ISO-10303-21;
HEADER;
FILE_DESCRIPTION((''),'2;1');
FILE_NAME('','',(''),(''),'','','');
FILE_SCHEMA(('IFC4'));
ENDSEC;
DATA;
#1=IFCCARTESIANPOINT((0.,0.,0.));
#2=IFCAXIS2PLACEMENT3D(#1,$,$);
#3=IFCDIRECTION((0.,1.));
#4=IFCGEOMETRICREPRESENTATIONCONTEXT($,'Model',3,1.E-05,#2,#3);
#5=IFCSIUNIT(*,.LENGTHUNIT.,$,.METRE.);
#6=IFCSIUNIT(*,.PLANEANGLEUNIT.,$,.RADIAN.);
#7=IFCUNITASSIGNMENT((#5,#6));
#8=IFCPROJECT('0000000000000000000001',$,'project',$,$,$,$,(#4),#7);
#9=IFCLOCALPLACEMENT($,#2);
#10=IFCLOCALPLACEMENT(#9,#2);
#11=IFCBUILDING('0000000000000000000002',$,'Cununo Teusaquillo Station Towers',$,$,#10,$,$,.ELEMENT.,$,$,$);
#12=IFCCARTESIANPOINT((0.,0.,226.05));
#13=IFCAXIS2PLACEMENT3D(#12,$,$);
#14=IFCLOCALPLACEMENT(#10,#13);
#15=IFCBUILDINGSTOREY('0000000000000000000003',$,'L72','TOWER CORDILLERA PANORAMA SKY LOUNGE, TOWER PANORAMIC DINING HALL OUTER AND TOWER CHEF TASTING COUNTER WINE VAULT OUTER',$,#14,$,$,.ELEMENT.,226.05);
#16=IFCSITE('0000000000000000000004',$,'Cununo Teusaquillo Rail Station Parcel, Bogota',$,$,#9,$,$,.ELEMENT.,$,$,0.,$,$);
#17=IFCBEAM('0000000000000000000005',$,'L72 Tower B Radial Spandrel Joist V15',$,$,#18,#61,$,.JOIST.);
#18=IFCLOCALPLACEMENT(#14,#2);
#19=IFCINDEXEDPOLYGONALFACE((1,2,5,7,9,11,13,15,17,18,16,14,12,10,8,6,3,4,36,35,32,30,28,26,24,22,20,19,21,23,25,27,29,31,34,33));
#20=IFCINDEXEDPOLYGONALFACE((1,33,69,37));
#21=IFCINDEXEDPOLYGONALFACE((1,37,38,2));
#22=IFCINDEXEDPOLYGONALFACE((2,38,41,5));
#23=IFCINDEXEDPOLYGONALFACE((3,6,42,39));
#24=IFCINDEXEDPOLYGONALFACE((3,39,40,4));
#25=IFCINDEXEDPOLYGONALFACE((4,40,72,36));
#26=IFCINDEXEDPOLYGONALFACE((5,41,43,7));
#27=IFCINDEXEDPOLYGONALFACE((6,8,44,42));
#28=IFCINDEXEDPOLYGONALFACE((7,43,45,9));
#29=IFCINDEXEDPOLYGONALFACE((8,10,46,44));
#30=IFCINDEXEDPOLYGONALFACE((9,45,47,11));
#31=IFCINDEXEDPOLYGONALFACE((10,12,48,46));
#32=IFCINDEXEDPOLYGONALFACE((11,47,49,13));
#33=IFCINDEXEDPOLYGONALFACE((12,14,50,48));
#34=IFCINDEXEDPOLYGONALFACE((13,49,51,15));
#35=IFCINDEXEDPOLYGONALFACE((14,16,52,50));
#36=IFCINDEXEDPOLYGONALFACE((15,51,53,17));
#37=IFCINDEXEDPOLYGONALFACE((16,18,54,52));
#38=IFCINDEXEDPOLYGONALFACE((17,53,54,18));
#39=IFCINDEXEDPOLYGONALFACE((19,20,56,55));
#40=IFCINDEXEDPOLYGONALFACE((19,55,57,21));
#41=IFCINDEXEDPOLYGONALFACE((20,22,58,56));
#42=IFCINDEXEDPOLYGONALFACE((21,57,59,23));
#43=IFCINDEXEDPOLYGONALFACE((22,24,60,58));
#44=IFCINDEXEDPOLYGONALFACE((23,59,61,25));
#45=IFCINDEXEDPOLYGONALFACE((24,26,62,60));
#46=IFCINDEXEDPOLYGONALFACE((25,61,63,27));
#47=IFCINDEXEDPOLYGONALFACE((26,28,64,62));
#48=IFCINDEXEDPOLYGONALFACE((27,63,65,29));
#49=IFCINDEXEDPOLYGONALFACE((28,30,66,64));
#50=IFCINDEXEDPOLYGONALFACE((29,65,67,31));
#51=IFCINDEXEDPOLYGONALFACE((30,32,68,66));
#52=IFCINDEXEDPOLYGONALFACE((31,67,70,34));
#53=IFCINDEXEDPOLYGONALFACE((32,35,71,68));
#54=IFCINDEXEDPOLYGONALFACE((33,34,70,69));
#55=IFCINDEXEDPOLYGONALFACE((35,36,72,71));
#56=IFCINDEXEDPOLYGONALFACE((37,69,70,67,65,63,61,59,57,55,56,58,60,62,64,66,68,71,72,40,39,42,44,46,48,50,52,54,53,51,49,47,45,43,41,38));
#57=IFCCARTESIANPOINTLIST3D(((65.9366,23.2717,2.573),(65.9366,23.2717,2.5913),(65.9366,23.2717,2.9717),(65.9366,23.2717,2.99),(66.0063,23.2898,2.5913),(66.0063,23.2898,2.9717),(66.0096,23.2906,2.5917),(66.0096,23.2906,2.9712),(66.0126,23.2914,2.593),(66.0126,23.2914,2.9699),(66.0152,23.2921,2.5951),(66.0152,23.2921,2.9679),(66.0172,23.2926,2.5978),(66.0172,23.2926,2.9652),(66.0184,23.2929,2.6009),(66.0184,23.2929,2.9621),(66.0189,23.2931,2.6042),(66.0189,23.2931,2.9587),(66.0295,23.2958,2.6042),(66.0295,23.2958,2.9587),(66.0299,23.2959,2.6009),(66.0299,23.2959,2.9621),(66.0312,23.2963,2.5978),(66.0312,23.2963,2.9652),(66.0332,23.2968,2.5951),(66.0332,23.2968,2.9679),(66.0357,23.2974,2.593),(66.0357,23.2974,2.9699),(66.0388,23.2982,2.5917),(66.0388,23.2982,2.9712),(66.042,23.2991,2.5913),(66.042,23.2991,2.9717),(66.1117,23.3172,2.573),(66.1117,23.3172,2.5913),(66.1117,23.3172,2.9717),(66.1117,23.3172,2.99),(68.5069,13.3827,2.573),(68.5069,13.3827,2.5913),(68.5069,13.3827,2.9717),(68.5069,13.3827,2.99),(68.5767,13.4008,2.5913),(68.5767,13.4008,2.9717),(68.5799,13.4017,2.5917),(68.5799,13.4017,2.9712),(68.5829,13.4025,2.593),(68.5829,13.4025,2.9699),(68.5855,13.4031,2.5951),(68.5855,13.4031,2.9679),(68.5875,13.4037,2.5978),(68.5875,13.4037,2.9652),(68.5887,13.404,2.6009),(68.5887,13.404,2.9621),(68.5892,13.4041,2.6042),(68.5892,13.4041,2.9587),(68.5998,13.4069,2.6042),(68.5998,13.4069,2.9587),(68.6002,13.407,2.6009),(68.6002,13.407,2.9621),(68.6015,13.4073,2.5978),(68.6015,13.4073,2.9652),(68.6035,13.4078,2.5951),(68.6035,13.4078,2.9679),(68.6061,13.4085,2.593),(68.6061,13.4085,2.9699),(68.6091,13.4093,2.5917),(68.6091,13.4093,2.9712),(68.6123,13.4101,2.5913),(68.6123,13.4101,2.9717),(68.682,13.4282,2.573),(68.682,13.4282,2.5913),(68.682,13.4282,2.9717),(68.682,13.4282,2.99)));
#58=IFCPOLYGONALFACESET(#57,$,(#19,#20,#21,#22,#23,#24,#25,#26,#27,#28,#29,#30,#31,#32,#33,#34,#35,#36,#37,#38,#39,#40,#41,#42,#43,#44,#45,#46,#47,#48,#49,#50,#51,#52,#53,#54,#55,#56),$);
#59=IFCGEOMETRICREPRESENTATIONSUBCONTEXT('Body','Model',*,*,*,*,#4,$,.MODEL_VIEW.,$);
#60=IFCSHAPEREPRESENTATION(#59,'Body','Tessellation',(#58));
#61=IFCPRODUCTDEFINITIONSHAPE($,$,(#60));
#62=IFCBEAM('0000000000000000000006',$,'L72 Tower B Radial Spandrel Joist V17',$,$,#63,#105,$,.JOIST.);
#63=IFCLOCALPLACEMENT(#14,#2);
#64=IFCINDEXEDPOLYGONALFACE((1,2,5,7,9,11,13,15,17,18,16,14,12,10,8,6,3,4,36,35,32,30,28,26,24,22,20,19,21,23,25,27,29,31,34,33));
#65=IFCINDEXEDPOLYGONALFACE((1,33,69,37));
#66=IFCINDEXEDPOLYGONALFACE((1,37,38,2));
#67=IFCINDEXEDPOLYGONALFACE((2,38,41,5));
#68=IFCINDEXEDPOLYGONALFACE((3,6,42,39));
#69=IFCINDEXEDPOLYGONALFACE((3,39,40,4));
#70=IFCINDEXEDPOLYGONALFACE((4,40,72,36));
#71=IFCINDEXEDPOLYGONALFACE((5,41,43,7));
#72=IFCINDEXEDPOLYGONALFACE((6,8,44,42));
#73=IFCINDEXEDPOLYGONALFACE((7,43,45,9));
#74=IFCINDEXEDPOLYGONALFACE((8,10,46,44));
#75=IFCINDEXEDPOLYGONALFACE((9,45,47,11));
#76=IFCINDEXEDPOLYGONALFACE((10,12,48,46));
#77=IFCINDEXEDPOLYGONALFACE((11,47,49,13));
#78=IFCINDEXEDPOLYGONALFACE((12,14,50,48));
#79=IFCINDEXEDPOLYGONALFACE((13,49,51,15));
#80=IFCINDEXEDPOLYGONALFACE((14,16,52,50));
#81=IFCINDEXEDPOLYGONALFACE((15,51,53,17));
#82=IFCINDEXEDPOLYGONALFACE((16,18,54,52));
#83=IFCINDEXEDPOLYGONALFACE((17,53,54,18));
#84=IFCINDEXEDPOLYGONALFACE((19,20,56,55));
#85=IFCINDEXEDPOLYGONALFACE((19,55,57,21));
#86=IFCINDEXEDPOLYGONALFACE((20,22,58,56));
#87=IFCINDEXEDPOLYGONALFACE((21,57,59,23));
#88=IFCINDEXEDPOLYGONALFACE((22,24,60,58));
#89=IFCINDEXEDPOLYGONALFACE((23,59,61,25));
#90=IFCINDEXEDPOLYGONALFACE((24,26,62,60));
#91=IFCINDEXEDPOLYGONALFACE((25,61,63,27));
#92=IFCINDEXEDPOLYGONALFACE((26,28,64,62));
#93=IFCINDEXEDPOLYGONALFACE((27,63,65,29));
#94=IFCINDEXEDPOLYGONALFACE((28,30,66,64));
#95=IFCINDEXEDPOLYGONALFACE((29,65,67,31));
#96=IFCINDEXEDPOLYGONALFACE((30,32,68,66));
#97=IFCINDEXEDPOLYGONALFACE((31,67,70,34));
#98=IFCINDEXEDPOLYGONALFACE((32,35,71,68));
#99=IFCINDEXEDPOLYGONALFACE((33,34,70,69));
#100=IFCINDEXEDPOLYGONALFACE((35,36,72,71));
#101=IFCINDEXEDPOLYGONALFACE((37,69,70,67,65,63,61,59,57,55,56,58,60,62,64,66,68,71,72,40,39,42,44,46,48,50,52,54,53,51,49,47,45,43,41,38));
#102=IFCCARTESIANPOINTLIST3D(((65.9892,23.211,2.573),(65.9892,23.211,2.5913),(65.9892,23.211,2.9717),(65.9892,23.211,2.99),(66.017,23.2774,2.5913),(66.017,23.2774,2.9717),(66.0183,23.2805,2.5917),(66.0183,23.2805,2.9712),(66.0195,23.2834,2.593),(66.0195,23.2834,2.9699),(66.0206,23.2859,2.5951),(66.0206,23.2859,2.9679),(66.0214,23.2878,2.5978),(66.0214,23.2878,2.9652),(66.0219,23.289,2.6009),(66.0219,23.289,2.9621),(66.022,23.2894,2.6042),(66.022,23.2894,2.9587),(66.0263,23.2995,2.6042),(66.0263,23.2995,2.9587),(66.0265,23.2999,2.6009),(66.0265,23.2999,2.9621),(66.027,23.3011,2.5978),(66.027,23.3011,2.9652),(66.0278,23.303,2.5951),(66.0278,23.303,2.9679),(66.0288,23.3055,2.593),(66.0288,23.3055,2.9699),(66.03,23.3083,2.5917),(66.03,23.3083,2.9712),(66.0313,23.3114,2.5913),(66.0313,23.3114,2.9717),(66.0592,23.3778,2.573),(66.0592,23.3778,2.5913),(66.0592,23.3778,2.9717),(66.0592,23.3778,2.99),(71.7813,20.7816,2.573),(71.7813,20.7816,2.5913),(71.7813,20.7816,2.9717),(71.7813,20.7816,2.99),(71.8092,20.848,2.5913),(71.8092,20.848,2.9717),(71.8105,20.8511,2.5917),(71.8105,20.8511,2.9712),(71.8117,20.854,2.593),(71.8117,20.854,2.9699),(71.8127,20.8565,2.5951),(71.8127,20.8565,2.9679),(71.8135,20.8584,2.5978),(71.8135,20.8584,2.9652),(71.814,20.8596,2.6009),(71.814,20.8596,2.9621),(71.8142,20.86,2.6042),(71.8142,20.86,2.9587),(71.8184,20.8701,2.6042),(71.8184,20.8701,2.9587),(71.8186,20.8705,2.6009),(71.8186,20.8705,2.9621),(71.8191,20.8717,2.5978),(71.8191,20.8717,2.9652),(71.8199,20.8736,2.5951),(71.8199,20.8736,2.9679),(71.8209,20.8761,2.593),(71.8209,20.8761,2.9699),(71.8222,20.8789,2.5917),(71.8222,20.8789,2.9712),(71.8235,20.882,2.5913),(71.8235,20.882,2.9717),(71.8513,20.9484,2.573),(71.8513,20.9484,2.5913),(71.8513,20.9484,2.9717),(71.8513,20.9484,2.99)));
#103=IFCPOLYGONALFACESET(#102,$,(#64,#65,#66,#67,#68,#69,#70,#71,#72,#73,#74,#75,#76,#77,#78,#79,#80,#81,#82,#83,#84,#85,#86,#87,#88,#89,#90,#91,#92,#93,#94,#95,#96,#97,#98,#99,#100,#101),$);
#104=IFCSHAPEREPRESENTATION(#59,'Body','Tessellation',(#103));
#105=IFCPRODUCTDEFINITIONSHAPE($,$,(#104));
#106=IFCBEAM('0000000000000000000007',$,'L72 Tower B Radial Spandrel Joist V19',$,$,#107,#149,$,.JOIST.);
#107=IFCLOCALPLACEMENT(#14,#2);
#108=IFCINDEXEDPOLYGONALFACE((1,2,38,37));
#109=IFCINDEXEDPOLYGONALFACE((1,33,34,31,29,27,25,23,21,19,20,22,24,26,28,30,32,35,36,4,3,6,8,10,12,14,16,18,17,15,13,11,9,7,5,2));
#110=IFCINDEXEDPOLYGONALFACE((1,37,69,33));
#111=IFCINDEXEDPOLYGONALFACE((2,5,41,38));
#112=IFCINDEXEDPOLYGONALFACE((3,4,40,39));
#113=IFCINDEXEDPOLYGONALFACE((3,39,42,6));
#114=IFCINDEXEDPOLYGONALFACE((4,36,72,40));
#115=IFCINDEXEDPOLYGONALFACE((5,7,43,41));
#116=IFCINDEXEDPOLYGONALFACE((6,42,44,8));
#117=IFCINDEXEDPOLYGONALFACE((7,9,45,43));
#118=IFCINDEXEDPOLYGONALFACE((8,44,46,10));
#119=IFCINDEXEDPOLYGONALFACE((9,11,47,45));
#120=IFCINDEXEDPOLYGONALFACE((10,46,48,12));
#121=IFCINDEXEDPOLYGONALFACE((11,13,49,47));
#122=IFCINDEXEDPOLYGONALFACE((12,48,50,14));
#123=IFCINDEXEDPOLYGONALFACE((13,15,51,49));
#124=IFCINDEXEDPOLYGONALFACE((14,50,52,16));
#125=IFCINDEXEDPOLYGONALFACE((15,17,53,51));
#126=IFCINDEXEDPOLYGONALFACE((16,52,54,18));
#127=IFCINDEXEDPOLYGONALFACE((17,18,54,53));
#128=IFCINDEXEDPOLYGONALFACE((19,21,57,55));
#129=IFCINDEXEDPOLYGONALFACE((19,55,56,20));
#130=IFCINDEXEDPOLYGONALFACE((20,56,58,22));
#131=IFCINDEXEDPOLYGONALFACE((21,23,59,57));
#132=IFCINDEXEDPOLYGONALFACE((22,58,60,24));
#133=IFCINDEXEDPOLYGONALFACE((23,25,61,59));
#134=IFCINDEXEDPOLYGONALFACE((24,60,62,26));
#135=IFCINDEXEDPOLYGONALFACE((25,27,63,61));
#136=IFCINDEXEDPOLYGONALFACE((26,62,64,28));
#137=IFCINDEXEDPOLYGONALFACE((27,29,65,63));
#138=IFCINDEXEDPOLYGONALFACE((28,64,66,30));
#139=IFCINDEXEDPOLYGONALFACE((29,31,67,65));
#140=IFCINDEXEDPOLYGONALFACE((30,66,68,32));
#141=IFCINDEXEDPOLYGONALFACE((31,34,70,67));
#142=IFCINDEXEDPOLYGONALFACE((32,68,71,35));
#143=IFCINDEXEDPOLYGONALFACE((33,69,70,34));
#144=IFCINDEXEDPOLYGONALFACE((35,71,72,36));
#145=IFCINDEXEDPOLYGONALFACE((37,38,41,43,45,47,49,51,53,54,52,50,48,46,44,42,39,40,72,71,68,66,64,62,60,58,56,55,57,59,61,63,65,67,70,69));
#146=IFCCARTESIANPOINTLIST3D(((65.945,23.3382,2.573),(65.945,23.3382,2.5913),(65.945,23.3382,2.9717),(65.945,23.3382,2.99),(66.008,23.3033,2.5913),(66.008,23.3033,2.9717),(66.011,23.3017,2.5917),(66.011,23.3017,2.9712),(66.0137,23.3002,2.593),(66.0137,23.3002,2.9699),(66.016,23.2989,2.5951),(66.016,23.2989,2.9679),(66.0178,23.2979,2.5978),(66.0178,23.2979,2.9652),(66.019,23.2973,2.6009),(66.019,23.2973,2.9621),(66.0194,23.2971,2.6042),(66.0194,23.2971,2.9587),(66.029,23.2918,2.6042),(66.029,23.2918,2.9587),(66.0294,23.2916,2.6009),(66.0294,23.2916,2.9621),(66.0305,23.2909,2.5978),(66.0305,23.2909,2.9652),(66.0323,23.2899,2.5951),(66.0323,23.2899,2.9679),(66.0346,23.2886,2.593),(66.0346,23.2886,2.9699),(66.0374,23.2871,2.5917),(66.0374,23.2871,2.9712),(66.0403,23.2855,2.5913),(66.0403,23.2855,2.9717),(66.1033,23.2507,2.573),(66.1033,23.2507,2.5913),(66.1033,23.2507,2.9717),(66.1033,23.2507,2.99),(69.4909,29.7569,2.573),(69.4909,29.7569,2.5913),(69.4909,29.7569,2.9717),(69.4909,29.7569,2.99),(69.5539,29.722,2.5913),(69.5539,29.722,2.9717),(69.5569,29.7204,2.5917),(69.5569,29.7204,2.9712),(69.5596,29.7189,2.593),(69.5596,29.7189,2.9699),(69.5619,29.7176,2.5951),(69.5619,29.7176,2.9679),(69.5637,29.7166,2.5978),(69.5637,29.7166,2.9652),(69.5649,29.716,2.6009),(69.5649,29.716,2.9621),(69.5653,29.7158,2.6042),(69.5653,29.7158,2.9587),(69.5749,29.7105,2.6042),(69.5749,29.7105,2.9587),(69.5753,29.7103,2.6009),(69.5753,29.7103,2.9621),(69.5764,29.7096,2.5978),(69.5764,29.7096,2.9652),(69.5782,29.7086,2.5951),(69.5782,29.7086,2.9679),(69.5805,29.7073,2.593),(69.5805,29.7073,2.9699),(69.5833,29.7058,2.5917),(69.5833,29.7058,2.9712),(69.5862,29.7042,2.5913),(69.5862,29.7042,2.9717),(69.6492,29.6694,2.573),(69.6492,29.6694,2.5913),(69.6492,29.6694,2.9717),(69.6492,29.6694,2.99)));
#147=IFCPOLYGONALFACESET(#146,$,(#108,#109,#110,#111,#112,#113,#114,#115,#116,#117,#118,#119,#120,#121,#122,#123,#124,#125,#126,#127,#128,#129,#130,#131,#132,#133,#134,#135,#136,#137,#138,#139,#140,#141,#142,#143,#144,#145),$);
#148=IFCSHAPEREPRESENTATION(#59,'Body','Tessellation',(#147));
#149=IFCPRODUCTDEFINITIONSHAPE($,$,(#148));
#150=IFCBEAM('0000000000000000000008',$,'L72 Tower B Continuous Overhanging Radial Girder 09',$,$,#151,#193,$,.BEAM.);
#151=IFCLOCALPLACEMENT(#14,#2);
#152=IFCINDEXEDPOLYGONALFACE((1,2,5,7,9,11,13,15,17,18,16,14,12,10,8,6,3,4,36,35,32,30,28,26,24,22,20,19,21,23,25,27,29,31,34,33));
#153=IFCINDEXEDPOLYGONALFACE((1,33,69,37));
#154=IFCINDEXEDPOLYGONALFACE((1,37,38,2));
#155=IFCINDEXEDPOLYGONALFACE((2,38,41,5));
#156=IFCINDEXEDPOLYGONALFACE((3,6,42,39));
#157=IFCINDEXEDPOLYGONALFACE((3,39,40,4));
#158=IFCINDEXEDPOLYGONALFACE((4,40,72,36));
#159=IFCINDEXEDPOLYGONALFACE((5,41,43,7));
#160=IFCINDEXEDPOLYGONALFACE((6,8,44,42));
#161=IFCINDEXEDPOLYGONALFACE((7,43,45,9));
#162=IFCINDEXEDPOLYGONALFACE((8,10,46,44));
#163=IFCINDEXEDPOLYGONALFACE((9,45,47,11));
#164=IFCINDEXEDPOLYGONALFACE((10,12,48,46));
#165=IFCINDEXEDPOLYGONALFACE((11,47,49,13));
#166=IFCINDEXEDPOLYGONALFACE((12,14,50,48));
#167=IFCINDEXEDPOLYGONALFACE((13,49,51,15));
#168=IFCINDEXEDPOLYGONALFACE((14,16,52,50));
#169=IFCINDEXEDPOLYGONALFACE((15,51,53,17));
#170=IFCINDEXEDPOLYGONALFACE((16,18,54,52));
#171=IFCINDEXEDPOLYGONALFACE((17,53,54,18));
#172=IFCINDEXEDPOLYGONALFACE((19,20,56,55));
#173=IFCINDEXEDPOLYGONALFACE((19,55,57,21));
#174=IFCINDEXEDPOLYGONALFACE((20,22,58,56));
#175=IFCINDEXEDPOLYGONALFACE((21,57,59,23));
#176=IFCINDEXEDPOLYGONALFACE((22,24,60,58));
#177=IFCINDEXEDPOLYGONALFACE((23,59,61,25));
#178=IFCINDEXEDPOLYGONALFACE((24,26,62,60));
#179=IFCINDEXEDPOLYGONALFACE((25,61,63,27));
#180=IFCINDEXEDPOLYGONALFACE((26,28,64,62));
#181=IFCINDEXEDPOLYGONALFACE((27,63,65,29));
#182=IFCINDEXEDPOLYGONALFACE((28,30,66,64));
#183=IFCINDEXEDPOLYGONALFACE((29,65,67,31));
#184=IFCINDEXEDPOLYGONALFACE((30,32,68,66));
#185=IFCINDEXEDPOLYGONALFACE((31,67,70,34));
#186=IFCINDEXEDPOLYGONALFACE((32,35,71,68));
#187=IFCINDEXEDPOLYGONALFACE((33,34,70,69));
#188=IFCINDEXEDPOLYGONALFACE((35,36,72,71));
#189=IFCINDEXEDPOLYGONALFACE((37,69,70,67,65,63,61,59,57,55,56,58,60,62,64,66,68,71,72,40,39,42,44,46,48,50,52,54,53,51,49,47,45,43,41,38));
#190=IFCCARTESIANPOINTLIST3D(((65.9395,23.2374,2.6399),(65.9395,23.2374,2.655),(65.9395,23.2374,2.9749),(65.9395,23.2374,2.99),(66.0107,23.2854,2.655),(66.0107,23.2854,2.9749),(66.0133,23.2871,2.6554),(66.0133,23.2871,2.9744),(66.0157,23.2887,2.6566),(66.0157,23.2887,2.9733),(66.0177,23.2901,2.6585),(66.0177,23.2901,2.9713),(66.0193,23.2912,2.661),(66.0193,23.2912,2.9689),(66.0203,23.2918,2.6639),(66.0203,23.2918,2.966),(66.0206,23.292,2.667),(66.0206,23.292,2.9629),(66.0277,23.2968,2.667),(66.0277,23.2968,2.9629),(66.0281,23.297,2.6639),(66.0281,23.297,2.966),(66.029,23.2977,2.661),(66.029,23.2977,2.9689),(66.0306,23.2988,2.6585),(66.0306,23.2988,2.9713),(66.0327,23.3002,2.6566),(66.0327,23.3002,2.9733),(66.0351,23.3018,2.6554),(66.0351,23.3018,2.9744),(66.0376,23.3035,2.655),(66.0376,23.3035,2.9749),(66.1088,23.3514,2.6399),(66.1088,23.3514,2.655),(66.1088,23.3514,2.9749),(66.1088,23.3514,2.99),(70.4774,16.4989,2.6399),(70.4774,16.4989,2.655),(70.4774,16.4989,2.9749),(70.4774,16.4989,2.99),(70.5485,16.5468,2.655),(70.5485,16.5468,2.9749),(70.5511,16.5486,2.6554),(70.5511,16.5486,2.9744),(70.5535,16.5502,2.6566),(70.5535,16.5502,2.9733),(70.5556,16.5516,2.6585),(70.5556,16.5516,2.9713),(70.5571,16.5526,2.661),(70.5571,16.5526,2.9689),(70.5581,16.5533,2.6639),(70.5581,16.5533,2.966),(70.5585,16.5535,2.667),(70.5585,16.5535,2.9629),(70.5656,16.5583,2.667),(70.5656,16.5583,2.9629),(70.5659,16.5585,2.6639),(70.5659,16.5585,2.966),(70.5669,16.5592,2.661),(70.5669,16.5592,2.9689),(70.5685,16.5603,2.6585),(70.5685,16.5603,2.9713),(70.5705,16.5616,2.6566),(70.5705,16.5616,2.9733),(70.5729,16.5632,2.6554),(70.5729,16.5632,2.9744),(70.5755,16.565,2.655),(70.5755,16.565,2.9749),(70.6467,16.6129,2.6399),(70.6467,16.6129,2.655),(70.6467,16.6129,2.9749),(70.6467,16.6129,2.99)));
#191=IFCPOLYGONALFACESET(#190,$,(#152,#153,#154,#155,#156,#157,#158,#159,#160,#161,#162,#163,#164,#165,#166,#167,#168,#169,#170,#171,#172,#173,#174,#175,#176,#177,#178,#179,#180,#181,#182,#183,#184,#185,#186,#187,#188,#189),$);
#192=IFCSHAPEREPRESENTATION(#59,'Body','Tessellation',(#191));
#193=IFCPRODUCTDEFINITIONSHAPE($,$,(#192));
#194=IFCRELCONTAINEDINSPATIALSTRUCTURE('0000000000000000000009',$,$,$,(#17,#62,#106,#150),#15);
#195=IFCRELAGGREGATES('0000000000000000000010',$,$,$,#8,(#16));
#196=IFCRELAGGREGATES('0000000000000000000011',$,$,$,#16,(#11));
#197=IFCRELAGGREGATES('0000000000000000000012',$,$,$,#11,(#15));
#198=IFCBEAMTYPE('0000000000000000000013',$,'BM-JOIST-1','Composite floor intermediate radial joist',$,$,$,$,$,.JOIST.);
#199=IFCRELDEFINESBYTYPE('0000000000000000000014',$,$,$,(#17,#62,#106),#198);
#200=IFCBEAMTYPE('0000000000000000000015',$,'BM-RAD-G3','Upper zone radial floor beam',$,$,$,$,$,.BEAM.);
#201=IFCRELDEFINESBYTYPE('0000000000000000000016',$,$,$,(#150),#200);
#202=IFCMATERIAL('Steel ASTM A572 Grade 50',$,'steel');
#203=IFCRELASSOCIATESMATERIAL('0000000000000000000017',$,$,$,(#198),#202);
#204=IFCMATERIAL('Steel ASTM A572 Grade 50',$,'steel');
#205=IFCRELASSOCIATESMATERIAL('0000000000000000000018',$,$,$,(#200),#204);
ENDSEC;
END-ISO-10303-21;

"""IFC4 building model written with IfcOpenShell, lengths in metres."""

from ifc_helpers import new_model, si_unit, direction, frame, origin, origin_2d, place, context, subcontext, project, spatial, i_section, extrude, material, material_profile, profile_set, type_object, element, save


model = new_model("IFC4")

# Units and contexts
model_context = context("Model", 3, precision=1e-05, world=origin(), true_north=direction((0.0, 1.0)))
body_context = subcontext(model_context, "Body", "Model", "MODEL_VIEW")
ifc_project = project(units=[si_unit("LENGTHUNIT", "METRE"), si_unit("PLANEANGLEUNIT", "RADIAN")], contexts=[model_context])

# Site, building, storey
site_placement = place(None, origin())
site = spatial("IfcSite", under=ifc_project, at=site_placement, Name="Cununo Teusaquillo Rail Station Parcel, Bogota", CompositionType="ELEMENT", RefElevation=0.0)
building_placement = place(site_placement, origin())
building = spatial("IfcBuilding", under=site, at=building_placement, Name="Cununo Teusaquillo Station Towers", CompositionType="ELEMENT")
storey_placement = place(building_placement, frame((0.0, 0.0, 226.05)))
storey = spatial("IfcBuildingStorey", under=building, at=storey_placement, Name="L72", Description="TOWER CORDILLERA PANORAMA SKY LOUNGE, TOWER PANORAMIC DINING HALL OUTER AND TOWER CHEF TASTING COUNTER WINE VAULT OUTER", CompositionType="ELEMENT", Elevation=226.05)

# Beams
ifc_material_1 = material(Name="Steel ASTM A572 Grade 50", Category="steel")
ifc_material_profile_1 = material_profile(ifc_material_1, i_section(OverallWidth=0.1809, OverallDepth=0.417, WebThickness=0.011, FlangeThickness=0.0183, FilletRadius=0.0129, at=origin_2d()), Name="W16X57")
ifc_profile_set_1 = profile_set([ifc_material_profile_1], Name="Steel ASTM A572 Grade 50")
beam_type_1 = type_object("IfcBeamType", Name="BM-JOIST-1", Description="Composite floor intermediate radial joist", PredefinedType="JOIST", material=ifc_profile_set_1)
beam_1_placement = place(storey_placement, frame((66.0242, 23.2944, 2.7815), z_axis=(0.25156, -0.967842, 0.0), x_axis=(0.967842, 0.25156, 0.0)))
element("IfcBeam", 1, at=beam_1_placement, inside=storey, type_object=beam_type_1, Name="L72 Tower B Radial Spandrel Joist V15", PredefinedType="JOIST", context=body_context, shape_type="SweptSolid", body=[
    extrude(i_section(OverallWidth=0.1809, OverallDepth=0.417, WebThickness=0.011, FlangeThickness=0.0183, FilletRadius=0.0129, at=origin_2d()), origin(), (0.0, 0.0, 1.0), 10.2175),
])
beam_2_placement = place(storey_placement, frame((66.0242, 23.2944, 2.7815), z_axis=(0.922169, -0.386786, 0.0), x_axis=(0.386786, 0.922169, 0.0)))
element("IfcBeam", 2, at=beam_2_placement, inside=storey, type_object=beam_type_1, Name="L72 Tower B Radial Spandrel Joist V17", PredefinedType="JOIST", context=body_context, shape_type="SweptSolid", body=[
    extrude(i_section(OverallWidth=0.1809, OverallDepth=0.417, WebThickness=0.011, FlangeThickness=0.0183, FilletRadius=0.0129, at=origin_2d()), origin(), (0.0, 0.0, 1.0), 6.281),
])
beam_3_placement = place(storey_placement, frame((66.0242, 23.2944, 2.7815), z_axis=(0.483553, 0.875315, 0.0), x_axis=(-0.875315, 0.483553, 0.0)))
element("IfcBeam", 3, at=beam_3_placement, inside=storey, type_object=beam_type_1, Name="L72 Tower B Radial Spandrel Joist V19", PredefinedType="JOIST", context=body_context, shape_type="SweptSolid", body=[
    extrude(i_section(OverallWidth=0.1809, OverallDepth=0.417, WebThickness=0.011, FlangeThickness=0.0183, FilletRadius=0.0129, at=origin_2d()), origin(), (0.0, 0.0, 1.0), 7.333),
])
ifc_material_2 = material(Name="Steel ASTM A572 Grade 50", Category="steel")
ifc_material_profile_2 = material_profile(ifc_material_2, i_section(OverallWidth=0.2041, OverallDepth=0.3501, WebThickness=0.0085, FlangeThickness=0.0151, FilletRadius=0.012, at=origin_2d()), Name="W14X48")
ifc_profile_set_2 = profile_set([ifc_material_profile_2], Name="Steel ASTM A572 Grade 50")
beam_type_2 = type_object("IfcBeamType", Name="BM-RAD-G3", Description="Upper zone radial floor beam", PredefinedType="BEAM", material=ifc_profile_set_2)
beam_4_placement = place(storey_placement, frame((66.0242, 23.2944, 2.8149), z_axis=(0.558571, -0.829457, 0.0), x_axis=(0.829457, 0.558571, 0.0)))
element("IfcBeam", 4, at=beam_4_placement, inside=storey, type_object=beam_type_2, Name="L72 Tower B Continuous Overhanging Radial Girder 09", PredefinedType="BEAM", context=body_context, shape_type="SweptSolid", body=[
    extrude(i_section(OverallWidth=0.2041, OverallDepth=0.3501, WebThickness=0.0085, FlangeThickness=0.0151, FilletRadius=0.012, at=origin_2d()), origin(), (0.0, 0.0, 1.0), 8.124),
])

save(model, "model.ifc")
